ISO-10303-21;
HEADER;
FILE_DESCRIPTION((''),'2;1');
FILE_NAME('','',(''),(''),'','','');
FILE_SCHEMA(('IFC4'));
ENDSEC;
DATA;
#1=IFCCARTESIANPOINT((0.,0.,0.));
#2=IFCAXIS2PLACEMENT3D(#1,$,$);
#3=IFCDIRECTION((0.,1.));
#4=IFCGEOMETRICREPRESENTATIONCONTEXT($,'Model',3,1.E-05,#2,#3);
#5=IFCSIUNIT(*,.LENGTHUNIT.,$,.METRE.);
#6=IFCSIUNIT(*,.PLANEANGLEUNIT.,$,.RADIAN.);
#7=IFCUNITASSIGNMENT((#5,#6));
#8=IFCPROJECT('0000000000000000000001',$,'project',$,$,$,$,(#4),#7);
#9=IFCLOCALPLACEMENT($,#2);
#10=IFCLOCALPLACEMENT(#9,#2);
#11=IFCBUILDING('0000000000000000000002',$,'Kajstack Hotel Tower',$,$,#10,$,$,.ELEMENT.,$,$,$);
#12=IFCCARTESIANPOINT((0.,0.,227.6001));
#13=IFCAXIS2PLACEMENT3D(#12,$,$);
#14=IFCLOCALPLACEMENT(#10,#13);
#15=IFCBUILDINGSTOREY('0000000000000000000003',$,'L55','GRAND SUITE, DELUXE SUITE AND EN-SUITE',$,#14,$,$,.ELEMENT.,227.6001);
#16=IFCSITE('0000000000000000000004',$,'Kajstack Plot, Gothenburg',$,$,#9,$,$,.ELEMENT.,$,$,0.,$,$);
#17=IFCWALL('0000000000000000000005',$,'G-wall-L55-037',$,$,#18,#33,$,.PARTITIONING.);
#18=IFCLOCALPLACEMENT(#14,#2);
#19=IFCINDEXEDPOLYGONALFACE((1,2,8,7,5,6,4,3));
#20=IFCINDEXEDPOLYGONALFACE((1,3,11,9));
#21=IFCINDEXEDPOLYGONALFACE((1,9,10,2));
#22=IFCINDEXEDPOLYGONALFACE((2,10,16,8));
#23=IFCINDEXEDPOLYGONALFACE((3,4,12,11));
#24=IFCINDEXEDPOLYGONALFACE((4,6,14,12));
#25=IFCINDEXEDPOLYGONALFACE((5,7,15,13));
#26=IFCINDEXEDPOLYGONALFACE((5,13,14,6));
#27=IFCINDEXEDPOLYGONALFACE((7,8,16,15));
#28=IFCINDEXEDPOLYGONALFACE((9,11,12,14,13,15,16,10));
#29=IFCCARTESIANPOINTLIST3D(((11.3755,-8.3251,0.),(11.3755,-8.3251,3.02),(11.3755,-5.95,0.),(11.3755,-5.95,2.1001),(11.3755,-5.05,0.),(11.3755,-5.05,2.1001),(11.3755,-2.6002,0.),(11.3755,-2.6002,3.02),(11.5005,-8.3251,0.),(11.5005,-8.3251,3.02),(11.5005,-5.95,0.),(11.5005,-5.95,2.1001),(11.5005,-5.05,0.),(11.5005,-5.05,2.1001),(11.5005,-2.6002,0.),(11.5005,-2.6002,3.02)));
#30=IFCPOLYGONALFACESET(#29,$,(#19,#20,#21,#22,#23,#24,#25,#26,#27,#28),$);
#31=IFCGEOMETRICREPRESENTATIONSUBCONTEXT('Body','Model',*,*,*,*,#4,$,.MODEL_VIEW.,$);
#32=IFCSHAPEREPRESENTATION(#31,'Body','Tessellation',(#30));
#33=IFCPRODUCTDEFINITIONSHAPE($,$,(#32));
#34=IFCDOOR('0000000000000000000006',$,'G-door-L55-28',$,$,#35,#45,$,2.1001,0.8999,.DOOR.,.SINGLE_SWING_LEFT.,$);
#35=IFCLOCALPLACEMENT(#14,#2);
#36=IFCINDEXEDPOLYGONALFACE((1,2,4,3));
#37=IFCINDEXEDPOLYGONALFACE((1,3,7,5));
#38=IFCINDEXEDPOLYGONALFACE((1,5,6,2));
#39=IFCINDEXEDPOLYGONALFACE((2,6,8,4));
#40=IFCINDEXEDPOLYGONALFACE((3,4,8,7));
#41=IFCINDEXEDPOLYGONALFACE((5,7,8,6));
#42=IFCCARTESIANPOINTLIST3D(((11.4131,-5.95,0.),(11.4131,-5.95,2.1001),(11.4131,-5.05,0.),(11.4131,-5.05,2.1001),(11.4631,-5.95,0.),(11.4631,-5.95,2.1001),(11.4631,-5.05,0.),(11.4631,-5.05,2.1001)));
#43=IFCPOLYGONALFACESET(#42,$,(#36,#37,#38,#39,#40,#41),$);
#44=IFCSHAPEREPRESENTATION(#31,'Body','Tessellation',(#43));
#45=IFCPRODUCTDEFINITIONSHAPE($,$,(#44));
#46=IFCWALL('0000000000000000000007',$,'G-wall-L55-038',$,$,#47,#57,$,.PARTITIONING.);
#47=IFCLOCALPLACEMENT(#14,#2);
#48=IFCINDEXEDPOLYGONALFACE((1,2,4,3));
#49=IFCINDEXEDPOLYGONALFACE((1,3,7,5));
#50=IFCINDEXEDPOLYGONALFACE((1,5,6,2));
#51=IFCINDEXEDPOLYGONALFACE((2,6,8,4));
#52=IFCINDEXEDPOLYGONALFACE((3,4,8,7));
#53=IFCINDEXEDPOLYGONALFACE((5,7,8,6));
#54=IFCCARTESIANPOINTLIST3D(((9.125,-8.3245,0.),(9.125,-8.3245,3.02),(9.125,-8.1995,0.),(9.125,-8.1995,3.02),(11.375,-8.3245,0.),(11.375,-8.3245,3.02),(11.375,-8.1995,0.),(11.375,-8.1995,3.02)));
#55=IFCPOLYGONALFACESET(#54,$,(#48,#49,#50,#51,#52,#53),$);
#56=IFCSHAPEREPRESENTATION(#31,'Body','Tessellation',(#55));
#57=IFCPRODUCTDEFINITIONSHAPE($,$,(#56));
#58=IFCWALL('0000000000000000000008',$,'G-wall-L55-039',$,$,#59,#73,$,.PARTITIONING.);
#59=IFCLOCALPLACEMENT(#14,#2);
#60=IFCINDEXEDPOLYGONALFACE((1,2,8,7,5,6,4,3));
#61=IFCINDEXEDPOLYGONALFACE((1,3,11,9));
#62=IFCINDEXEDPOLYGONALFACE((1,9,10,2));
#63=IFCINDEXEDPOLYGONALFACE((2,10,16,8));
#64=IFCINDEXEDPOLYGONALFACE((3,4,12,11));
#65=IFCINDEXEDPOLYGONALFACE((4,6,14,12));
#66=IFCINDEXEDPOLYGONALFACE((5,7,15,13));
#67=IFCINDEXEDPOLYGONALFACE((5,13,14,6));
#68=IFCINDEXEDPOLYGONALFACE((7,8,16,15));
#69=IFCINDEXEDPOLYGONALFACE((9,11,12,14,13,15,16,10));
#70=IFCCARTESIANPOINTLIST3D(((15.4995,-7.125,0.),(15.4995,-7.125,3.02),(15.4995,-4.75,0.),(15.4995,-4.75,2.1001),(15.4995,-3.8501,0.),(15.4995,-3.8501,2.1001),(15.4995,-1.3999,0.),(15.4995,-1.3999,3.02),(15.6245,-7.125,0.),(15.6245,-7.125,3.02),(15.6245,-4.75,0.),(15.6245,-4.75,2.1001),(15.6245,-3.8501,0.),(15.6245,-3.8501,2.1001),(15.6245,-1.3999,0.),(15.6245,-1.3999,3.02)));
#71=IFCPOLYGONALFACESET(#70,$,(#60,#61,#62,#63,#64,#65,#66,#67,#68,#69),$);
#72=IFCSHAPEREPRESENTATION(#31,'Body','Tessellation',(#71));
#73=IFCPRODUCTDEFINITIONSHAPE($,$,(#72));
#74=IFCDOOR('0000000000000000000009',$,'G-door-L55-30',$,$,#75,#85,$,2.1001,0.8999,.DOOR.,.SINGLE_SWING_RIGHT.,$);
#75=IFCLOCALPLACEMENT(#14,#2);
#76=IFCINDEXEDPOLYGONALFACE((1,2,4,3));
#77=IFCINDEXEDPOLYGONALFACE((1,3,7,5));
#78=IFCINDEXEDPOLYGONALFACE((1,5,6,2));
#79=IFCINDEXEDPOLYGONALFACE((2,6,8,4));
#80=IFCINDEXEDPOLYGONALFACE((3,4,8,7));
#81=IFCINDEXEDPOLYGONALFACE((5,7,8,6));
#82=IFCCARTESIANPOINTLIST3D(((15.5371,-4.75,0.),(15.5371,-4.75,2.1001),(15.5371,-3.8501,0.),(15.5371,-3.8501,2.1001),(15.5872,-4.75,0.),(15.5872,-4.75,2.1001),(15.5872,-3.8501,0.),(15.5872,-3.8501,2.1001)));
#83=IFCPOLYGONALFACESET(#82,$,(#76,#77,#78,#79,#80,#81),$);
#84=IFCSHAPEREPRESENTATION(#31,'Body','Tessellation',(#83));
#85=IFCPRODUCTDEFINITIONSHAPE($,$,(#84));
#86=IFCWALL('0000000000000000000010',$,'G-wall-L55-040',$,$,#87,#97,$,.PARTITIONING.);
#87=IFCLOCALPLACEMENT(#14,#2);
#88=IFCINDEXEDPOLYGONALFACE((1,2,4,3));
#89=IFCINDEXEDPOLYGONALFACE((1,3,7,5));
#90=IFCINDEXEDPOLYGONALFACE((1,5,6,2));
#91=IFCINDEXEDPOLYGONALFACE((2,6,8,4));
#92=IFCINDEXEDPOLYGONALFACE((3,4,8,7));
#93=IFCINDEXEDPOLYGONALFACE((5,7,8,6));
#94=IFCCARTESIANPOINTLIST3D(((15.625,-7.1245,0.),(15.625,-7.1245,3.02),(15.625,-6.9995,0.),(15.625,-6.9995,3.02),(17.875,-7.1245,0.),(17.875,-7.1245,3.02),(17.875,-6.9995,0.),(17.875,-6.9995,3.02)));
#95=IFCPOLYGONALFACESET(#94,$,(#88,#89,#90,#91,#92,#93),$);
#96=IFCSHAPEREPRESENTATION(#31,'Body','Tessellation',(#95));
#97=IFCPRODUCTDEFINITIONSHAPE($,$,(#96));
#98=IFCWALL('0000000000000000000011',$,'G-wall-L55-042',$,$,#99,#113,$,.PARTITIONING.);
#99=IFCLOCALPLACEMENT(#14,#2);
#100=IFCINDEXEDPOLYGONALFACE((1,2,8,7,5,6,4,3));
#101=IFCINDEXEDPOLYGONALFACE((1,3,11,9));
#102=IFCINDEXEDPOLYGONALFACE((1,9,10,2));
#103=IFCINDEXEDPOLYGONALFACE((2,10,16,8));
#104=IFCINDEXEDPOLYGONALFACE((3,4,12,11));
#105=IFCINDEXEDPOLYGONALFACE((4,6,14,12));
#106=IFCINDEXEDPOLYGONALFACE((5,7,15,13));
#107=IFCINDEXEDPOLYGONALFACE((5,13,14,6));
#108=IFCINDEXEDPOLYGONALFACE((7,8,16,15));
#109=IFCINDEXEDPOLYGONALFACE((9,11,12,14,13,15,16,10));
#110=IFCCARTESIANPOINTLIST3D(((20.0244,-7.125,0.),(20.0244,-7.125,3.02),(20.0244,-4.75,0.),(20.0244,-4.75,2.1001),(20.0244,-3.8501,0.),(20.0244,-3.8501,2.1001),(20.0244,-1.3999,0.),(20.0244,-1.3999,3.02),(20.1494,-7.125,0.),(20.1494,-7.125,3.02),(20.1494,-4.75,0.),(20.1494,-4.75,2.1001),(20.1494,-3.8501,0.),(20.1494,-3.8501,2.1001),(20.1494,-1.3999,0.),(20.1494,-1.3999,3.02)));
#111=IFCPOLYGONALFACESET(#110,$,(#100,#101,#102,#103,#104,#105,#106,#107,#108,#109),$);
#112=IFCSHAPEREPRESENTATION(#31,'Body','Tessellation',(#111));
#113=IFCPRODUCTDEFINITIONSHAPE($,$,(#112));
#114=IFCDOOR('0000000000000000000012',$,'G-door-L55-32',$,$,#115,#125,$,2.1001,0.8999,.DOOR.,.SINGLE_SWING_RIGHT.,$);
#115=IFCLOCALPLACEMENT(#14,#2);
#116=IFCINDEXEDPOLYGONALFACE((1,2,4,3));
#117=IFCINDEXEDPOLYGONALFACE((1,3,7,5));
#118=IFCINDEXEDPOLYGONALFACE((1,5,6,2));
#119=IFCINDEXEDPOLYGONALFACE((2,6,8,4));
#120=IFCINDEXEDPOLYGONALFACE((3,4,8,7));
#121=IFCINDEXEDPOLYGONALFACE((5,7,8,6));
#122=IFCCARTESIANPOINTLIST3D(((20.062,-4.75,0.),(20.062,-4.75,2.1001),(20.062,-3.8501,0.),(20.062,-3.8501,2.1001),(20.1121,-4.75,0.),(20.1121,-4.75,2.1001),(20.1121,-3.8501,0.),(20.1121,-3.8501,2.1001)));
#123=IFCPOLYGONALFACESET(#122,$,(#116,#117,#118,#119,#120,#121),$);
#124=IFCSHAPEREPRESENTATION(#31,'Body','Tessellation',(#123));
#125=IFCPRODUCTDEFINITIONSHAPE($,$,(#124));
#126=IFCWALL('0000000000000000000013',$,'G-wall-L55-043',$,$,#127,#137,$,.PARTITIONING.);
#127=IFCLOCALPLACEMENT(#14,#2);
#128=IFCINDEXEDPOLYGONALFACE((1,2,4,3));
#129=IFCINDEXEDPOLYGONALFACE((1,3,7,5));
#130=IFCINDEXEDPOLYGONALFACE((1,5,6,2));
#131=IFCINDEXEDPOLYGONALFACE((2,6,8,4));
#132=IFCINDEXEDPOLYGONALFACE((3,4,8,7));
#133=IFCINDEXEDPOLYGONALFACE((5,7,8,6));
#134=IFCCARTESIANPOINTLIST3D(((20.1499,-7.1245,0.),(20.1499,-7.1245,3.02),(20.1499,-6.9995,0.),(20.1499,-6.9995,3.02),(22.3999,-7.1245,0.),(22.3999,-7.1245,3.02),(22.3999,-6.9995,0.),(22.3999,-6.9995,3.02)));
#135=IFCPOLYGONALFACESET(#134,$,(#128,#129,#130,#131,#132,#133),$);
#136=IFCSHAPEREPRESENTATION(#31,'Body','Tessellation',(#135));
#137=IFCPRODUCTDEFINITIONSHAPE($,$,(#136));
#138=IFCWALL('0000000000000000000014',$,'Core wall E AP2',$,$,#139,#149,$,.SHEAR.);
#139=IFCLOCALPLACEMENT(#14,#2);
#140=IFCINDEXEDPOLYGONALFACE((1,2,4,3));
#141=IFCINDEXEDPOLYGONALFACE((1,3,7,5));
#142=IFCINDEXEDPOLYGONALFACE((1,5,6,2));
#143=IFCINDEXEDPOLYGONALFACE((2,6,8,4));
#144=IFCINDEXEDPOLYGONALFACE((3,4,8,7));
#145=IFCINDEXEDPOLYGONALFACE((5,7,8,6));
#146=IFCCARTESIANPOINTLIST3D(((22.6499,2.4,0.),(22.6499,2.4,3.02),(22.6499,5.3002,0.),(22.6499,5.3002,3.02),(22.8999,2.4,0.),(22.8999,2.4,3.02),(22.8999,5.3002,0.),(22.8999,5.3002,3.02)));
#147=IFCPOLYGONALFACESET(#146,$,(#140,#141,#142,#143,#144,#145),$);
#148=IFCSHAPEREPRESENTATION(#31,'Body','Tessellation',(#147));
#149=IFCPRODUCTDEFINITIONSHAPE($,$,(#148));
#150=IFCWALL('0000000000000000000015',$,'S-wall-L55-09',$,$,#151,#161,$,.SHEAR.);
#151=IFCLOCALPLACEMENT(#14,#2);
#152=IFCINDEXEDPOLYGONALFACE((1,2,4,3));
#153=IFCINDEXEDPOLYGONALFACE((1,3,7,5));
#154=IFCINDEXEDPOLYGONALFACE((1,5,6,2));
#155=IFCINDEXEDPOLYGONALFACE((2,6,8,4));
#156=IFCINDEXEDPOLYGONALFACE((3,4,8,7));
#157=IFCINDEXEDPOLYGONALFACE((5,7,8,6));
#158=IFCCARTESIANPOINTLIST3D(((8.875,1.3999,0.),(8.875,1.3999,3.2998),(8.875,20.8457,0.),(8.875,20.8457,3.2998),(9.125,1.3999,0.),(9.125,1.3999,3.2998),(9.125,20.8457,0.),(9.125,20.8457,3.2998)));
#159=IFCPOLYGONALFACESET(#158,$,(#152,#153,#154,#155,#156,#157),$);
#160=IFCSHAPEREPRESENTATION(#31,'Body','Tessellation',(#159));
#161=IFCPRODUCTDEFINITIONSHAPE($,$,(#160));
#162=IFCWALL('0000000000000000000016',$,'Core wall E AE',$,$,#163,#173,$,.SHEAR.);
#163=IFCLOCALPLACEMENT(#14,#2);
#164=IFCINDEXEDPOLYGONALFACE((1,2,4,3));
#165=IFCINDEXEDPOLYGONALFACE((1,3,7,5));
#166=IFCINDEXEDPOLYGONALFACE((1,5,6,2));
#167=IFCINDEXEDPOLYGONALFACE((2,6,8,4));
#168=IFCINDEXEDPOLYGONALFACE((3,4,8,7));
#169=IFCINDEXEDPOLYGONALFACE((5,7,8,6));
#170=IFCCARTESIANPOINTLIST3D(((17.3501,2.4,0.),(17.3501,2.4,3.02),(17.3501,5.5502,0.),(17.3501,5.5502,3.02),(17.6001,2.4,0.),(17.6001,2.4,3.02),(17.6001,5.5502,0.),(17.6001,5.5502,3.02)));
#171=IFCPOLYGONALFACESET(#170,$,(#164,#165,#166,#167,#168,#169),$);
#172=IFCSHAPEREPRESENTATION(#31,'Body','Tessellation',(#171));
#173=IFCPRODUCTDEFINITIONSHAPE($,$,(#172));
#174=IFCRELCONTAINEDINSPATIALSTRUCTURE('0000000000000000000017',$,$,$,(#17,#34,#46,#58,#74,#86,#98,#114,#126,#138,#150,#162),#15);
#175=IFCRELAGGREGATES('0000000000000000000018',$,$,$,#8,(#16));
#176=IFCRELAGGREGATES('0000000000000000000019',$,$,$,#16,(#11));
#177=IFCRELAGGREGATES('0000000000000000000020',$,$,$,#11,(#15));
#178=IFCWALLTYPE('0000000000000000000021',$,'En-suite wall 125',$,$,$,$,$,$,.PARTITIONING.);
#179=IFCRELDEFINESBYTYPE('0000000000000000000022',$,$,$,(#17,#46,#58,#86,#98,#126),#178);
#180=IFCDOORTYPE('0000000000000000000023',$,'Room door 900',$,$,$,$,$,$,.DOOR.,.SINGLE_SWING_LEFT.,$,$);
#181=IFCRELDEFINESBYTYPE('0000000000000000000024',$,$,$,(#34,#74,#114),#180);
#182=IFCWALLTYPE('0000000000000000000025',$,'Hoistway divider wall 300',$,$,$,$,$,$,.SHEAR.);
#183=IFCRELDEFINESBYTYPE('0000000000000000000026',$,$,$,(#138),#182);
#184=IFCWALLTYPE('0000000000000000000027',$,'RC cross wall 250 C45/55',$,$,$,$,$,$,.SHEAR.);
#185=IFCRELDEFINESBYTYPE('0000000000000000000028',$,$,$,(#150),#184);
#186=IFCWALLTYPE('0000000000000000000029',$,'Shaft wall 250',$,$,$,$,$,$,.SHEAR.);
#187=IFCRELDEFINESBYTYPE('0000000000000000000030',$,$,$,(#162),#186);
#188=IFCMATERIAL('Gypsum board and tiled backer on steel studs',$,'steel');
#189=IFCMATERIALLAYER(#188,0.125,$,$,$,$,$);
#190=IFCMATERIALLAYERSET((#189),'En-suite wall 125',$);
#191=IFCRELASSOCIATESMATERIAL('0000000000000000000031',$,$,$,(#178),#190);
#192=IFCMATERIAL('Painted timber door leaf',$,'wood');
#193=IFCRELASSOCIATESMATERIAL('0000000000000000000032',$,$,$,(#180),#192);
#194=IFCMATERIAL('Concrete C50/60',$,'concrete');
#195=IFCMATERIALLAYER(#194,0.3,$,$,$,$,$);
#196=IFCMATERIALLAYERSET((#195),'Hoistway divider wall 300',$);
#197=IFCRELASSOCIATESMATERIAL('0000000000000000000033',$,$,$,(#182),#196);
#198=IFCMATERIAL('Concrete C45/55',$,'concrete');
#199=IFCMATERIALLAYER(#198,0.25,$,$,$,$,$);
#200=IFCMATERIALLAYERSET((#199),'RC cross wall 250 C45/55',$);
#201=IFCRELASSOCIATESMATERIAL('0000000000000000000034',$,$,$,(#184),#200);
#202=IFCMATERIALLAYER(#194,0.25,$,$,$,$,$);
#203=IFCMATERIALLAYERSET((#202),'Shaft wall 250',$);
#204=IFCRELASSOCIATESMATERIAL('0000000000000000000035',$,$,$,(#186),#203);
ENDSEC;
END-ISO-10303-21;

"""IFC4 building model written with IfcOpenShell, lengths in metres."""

from ifc_helpers import new_model, si_unit, direction, frame, frame_2d, origin, place, context, subcontext, project, spatial, rectangle, extrude, material, layer, layer_set, type_object, element, fill, save


model = new_model("IFC4")

# Units and contexts
model_context = context("Model", 3, precision=1e-05, world=origin(), true_north=direction((0.0, 1.0)))
body_context = subcontext(model_context, "Body", "Model", "MODEL_VIEW")
ifc_project = project(units=[si_unit("LENGTHUNIT", "METRE"), si_unit("PLANEANGLEUNIT", "RADIAN")], contexts=[model_context])

# Site, building, storey
site_placement = place(None, origin())
site = spatial("IfcSite", under=ifc_project, at=site_placement, Name="Kajstack Plot, Gothenburg", CompositionType="ELEMENT", RefElevation=0.0)
building_placement = place(site_placement, origin())
building = spatial("IfcBuilding", under=site, at=building_placement, Name="Kajstack Hotel Tower", CompositionType="ELEMENT")
storey_placement = place(building_placement, frame((0.0, 0.0, 227.6001)))
storey = spatial("IfcBuildingStorey", under=building, at=storey_placement, Name="L55", Description="GRAND SUITE, DELUXE SUITE AND EN-SUITE", CompositionType="ELEMENT", Elevation=227.6001)

# Shared definitions
ifc_material_1 = material(Name="Gypsum board and tiled backer on steel studs", Category="steel")
ifc_layer_1 = layer(ifc_material_1, 0.125)
ifc_layer_set_1 = layer_set([ifc_layer_1], Name="En-suite wall 125")
wall_type_1 = type_object("IfcWallType", Name="En-suite wall 125", PredefinedType="PARTITIONING", material=ifc_layer_set_1)

# Wall, opening, door
wall_1_placement = place(storey_placement, frame((11.438, -8.325, 0.0), z_axis=(0.0, 0.0, 1.0), x_axis=(0.0, 1.0, 0.0)))
wall_1 = element("IfcWall", 1, at=wall_1_placement, inside=storey, type_object=wall_type_1, Name="G-wall-L55-037", PredefinedType="PARTITIONING", context=body_context, shape_type="SweptSolid", body=[
    extrude(rectangle(XDim=5.7249, YDim=0.125, at=frame_2d((2.8623, 0.0))), origin(), (0.0, 0.0, 1.0), 3.02),
])
opening_1_placement = place(wall_1_placement, frame((2.375, 0.0, 0.0)))
opening_1 = element("IfcOpeningElement", 2, at=opening_1_placement, cuts=wall_1, PredefinedType="OPENING", context=body_context, shape_type="SweptSolid", body=[
    extrude(rectangle(XDim=0.8999, YDim=2.1001, at=frame_2d((0.45, 1.05))), frame((0.0, 0.0725, 0.0), z_axis=(0.0, -1.0, 0.0), x_axis=(1.0, 0.0, 0.0)), (0.0, 0.0, 1.0), 0.145),
])
ifc_material_2 = material(Name="Painted timber door leaf", Category="wood")
door_type_1 = type_object("IfcDoorType", Name="Room door 900", OperationType="SINGLE_SWING_LEFT", PredefinedType="DOOR", material=ifc_material_2)
door_1_placement = place(opening_1_placement, origin())
door_1 = element("IfcDoor", 3, at=door_1_placement, inside=storey, type_object=door_type_1, Name="G-door-L55-28", OperationType="SINGLE_SWING_LEFT", OverallHeight=2.1001, OverallWidth=0.8999, PredefinedType="DOOR", context=body_context, shape_type="SweptSolid", body=[
    extrude(rectangle(XDim=0.8999, YDim=2.1001, at=frame_2d((0.45, 1.05))), frame((0.0, 0.0249, 0.0), z_axis=(0.0, -1.0, 0.0), x_axis=(1.0, 0.0, 0.0)), (0.0, 0.0, 1.0), 0.05),
])
fill(opening_1, door_1)

# Wall
wall_2_placement = place(storey_placement, frame((9.125, -8.262, 0.0), z_axis=(0.0, 0.0, 1.0), x_axis=(1.0, 0.0, 0.0)))
element("IfcWall", 4, at=wall_2_placement, inside=storey, type_object=wall_type_1, Name="G-wall-L55-038", PredefinedType="PARTITIONING", context=body_context, shape_type="SweptSolid", body=[
    extrude(rectangle(XDim=2.25, YDim=0.125, at=frame_2d((1.125, 0.0))), origin(), (0.0, 0.0, 1.0), 3.02),
])

# Wall, opening, door
wall_3_placement = place(storey_placement, frame((15.562, -7.125, 0.0), z_axis=(0.0, 0.0, 1.0), x_axis=(0.0, 1.0, 0.0)))
wall_3 = element("IfcWall", 5, at=wall_3_placement, inside=storey, type_object=wall_type_1, Name="G-wall-L55-039", PredefinedType="PARTITIONING", context=body_context, shape_type="SweptSolid", body=[
    extrude(rectangle(XDim=5.7251, YDim=0.125, at=frame_2d((2.8625, 0.0))), origin(), (0.0, 0.0, 1.0), 3.02),
])
opening_2_placement = place(wall_3_placement, frame((2.375, 0.0, 0.0)))
opening_2 = element("IfcOpeningElement", 6, at=opening_2_placement, cuts=wall_3, PredefinedType="OPENING", context=body_context, shape_type="SweptSolid", body=[
    extrude(rectangle(XDim=0.8999, YDim=2.1001, at=frame_2d((0.45, 1.05))), frame((0.0, 0.0725, 0.0), z_axis=(0.0, -1.0, 0.0), x_axis=(1.0, 0.0, 0.0)), (0.0, 0.0, 1.0), 0.145),
])
door_2_placement = place(opening_2_placement, origin())
door_2 = element("IfcDoor", 7, at=door_2_placement, inside=storey, type_object=door_type_1, Name="G-door-L55-30", OperationType="SINGLE_SWING_RIGHT", OverallHeight=2.1001, OverallWidth=0.8999, PredefinedType="DOOR", context=body_context, shape_type="SweptSolid", body=[
    extrude(rectangle(XDim=0.8999, YDim=2.1001, at=frame_2d((0.45, 1.05))), frame((0.0, 0.0249, 0.0), z_axis=(0.0, -1.0, 0.0), x_axis=(1.0, 0.0, 0.0)), (0.0, 0.0, 1.0), 0.05),
])
fill(opening_2, door_2)

# Wall
wall_4_placement = place(storey_placement, frame((15.625, -7.062, 0.0), z_axis=(0.0, 0.0, 1.0), x_axis=(1.0, 0.0, 0.0)))
element("IfcWall", 8, at=wall_4_placement, inside=storey, type_object=wall_type_1, Name="G-wall-L55-040", PredefinedType="PARTITIONING", context=body_context, shape_type="SweptSolid", body=[
    extrude(rectangle(XDim=2.25, YDim=0.125, at=frame_2d((1.125, 0.0))), origin(), (0.0, 0.0, 1.0), 3.02),
])

# Wall, opening, door
wall_5_placement = place(storey_placement, frame((20.0869, -7.125, 0.0), z_axis=(0.0, 0.0, 1.0), x_axis=(0.0, 1.0, 0.0)))
wall_5 = element("IfcWall", 9, at=wall_5_placement, inside=storey, type_object=wall_type_1, Name="G-wall-L55-042", PredefinedType="PARTITIONING", context=body_context, shape_type="SweptSolid", body=[
    extrude(rectangle(XDim=5.7251, YDim=0.125, at=frame_2d((2.8625, 0.0))), origin(), (0.0, 0.0, 1.0), 3.02),
])
opening_3_placement = place(wall_5_placement, frame((2.375, 0.0, 0.0)))
opening_3 = element("IfcOpeningElement", 10, at=opening_3_placement, cuts=wall_5, PredefinedType="OPENING", context=body_context, shape_type="SweptSolid", body=[
    extrude(rectangle(XDim=0.8999, YDim=2.1001, at=frame_2d((0.45, 1.05))), frame((0.0, 0.0725, 0.0), z_axis=(0.0, -1.0, 0.0), x_axis=(1.0, 0.0, 0.0)), (0.0, 0.0, 1.0), 0.145),
])
door_3_placement = place(opening_3_placement, origin())
door_3 = element("IfcDoor", 11, at=door_3_placement, inside=storey, type_object=door_type_1, Name="G-door-L55-32", OperationType="SINGLE_SWING_RIGHT", OverallHeight=2.1001, OverallWidth=0.8999, PredefinedType="DOOR", context=body_context, shape_type="SweptSolid", body=[
    extrude(rectangle(XDim=0.8999, YDim=2.1001, at=frame_2d((0.45, 1.05))), frame((0.0, 0.0249, 0.0), z_axis=(0.0, -1.0, 0.0), x_axis=(1.0, 0.0, 0.0)), (0.0, 0.0, 1.0), 0.05),
])
fill(opening_3, door_3)

# Walls
wall_6_placement = place(storey_placement, frame((20.1499, -7.062, 0.0), z_axis=(0.0, 0.0, 1.0), x_axis=(1.0, 0.0, 0.0)))
element("IfcWall", 12, at=wall_6_placement, inside=storey, type_object=wall_type_1, Name="G-wall-L55-043", PredefinedType="PARTITIONING", context=body_context, shape_type="SweptSolid", body=[
    extrude(rectangle(XDim=2.25, YDim=0.125, at=frame_2d((1.125, 0.0))), origin(), (0.0, 0.0, 1.0), 3.02),
])
ifc_material_3 = material(Name="Concrete C50/60", Category="concrete")
ifc_layer_2 = layer(ifc_material_3, 0.3)
ifc_layer_set_2 = layer_set([ifc_layer_2], Name="Hoistway divider wall 300")
wall_type_2 = type_object("IfcWallType", Name="Hoistway divider wall 300", PredefinedType="SHEAR", material=ifc_layer_set_2)
wall_7_placement = place(storey_placement, frame((22.7749, 2.3999, 0.0), z_axis=(0.0, 0.0, 1.0), x_axis=(0.0, 1.0, 0.0)))
element("IfcWall", 13, at=wall_7_placement, inside=storey, type_object=wall_type_2, Name="Core wall E AP2", PredefinedType="SHEAR", context=body_context, shape_type="SweptSolid", body=[
    extrude(rectangle(XDim=2.9001, YDim=0.25, at=frame_2d((1.4502, 0.0))), origin(), (0.0, 0.0, 1.0), 3.02),
])
ifc_material_4 = material(Name="Concrete C45/55", Category="concrete")
ifc_layer_3 = layer(ifc_material_4, 0.25)
ifc_layer_set_3 = layer_set([ifc_layer_3], Name="RC cross wall 250 C45/55")
wall_type_3 = type_object("IfcWallType", Name="RC cross wall 250 C45/55", PredefinedType="SHEAR", material=ifc_layer_set_3)
wall_8_placement = place(storey_placement, frame((9.0, 1.3999, 0.0), z_axis=(0.0, 0.0, 1.0), x_axis=(0.0, 1.0, 0.0)))
element("IfcWall", 14, at=wall_8_placement, inside=storey, type_object=wall_type_3, Name="S-wall-L55-09", PredefinedType="SHEAR", context=body_context, shape_type="SweptSolid", body=[
    extrude(rectangle(XDim=19.4458, YDim=0.25, at=frame_2d((9.7229, 0.0))), origin(), (0.0, 0.0, 1.0), 3.2998),
])
ifc_layer_4 = layer(ifc_material_3, 0.25)
ifc_layer_set_4 = layer_set([ifc_layer_4], Name="Shaft wall 250")
wall_type_4 = type_object("IfcWallType", Name="Shaft wall 250", PredefinedType="SHEAR", material=ifc_layer_set_4)
wall_9_placement = place(storey_placement, frame((17.4751, 2.3999, 0.0), z_axis=(0.0, 0.0, 1.0), x_axis=(0.0, 1.0, 0.0)))
element("IfcWall", 15, at=wall_9_placement, inside=storey, type_object=wall_type_4, Name="Core wall E AE", PredefinedType="SHEAR", context=body_context, shape_type="SweptSolid", body=[
    extrude(rectangle(XDim=3.1501, YDim=0.25, at=frame_2d((1.5752, 0.0))), origin(), (0.0, 0.0, 1.0), 3.02),
])

save(model, "model.ifc")
